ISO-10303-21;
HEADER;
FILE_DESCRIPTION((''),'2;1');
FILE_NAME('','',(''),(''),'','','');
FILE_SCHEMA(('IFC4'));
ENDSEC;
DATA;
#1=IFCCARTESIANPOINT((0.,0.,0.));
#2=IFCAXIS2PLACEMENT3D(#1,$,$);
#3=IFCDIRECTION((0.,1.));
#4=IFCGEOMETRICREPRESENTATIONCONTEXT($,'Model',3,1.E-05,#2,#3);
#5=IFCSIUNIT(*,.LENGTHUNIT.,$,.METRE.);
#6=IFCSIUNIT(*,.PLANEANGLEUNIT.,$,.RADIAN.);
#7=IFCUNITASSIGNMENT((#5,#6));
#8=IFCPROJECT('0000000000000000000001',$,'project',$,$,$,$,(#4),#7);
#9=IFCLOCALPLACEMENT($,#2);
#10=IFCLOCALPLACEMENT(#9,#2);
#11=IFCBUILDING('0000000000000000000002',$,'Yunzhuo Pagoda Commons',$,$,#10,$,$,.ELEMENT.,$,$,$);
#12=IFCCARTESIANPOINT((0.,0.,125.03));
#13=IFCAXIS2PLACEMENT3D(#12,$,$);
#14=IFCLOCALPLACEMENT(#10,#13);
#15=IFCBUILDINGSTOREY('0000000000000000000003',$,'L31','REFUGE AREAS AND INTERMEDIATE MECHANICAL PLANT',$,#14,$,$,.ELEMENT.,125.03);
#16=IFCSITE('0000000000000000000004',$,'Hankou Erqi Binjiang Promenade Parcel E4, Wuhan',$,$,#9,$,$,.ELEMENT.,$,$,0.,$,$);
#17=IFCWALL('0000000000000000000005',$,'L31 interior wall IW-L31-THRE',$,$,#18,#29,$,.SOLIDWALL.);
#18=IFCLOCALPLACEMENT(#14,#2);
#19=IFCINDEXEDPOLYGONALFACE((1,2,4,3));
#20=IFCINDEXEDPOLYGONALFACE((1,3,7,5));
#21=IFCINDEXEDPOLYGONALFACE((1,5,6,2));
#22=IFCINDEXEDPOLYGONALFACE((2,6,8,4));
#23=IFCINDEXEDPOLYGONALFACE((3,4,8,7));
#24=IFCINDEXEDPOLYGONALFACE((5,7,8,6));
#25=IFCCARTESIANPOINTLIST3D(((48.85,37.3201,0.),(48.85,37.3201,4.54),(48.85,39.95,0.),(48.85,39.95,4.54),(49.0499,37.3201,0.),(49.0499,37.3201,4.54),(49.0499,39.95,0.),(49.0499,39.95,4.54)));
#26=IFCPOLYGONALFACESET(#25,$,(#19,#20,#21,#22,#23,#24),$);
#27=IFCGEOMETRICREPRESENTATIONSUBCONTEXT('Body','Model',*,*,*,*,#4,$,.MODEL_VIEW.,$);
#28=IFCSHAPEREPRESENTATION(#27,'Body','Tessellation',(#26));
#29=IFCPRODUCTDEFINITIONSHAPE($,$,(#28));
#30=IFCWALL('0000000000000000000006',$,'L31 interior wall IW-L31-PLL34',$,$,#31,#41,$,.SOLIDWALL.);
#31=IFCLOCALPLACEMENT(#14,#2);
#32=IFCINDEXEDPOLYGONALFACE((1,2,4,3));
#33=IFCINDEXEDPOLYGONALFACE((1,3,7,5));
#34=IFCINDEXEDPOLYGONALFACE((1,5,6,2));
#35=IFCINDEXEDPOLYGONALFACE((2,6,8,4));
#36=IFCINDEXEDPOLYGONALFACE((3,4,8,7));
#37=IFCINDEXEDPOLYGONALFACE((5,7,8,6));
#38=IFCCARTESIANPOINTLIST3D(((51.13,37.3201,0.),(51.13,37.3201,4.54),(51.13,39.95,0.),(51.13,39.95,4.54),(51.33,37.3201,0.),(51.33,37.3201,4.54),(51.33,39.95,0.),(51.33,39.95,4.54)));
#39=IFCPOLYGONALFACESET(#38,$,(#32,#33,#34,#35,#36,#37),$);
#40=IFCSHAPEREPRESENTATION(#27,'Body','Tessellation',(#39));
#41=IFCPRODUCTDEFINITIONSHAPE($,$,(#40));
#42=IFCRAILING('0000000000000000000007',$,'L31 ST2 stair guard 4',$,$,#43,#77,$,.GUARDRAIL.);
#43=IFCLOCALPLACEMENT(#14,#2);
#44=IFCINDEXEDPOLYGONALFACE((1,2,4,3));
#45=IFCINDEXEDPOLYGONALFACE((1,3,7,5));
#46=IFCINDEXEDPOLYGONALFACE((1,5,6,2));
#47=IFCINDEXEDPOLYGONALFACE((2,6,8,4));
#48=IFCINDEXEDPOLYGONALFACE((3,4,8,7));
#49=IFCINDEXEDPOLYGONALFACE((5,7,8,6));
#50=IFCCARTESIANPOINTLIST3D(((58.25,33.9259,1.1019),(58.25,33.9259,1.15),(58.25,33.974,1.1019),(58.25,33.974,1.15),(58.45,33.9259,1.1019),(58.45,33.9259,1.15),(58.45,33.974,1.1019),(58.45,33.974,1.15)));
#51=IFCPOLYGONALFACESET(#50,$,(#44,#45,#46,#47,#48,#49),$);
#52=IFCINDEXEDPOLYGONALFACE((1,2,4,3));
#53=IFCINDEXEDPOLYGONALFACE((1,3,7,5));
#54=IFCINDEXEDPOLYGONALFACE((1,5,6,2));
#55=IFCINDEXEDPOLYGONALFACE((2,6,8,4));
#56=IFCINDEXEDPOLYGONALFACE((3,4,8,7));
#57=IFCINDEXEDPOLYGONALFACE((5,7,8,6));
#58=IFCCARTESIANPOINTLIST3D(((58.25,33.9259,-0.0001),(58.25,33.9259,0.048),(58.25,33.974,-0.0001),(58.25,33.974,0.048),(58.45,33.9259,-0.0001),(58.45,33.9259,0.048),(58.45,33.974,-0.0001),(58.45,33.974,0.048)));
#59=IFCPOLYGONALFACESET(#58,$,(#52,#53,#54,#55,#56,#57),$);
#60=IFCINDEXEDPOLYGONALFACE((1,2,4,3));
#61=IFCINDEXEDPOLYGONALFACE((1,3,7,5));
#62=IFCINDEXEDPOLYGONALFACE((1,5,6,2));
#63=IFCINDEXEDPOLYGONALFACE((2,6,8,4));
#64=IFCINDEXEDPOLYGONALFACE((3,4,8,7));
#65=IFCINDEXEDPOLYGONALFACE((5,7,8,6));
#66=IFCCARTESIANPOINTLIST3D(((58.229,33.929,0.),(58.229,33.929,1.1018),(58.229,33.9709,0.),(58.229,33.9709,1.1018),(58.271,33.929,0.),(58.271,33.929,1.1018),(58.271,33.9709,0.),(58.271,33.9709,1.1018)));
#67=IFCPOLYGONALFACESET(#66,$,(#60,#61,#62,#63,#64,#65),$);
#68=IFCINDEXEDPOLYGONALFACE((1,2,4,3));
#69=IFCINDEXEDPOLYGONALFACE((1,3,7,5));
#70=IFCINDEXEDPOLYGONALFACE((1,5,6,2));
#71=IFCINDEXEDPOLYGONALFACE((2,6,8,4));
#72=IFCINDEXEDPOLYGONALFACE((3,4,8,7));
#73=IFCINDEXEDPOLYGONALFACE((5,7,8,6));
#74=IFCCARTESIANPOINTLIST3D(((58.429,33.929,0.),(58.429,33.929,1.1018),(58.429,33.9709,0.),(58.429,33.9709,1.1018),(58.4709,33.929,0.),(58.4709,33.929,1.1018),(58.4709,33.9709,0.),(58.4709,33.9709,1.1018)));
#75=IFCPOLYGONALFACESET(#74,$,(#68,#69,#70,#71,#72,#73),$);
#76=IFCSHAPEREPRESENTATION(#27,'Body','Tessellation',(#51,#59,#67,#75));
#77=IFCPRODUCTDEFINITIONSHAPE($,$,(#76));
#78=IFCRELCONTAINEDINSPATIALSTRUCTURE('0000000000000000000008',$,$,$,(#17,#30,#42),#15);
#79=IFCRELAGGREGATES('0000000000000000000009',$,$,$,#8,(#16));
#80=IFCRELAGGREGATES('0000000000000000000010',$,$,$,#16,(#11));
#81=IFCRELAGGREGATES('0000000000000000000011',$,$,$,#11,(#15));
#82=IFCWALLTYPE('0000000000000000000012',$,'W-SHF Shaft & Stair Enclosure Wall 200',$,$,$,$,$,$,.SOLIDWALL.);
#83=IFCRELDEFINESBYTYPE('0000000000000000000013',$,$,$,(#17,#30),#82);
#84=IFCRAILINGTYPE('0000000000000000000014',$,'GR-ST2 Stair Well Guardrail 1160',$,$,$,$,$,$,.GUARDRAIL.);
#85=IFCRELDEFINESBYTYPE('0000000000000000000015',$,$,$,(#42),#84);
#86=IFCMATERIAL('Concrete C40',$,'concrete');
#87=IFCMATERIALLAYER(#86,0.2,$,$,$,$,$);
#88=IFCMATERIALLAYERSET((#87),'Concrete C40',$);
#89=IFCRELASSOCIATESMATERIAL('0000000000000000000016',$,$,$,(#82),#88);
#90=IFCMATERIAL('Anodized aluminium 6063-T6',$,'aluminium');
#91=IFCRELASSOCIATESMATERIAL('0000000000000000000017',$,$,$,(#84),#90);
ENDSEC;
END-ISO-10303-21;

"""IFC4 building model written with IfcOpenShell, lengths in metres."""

from ifc_helpers import new_model, si_unit, direction, frame, frame_2d, origin, origin_2d, place, context, subcontext, project, spatial, rectangle, extrude, material, layer, layer_set, type_object, element, save


model = new_model("IFC4")

# Units and contexts
model_context = context("Model", 3, precision=1e-05, world=origin(), true_north=direction((0.0, 1.0)))
body_context = subcontext(model_context, "Body", "Model", "MODEL_VIEW")
ifc_project = project(units=[si_unit("LENGTHUNIT", "METRE"), si_unit("PLANEANGLEUNIT", "RADIAN")], contexts=[model_context])

# Site, building, storey
site_placement = place(None, origin())
site = spatial("IfcSite", under=ifc_project, at=site_placement, Name="Hankou Erqi Binjiang Promenade Parcel E4, Wuhan", CompositionType="ELEMENT", RefElevation=0.0)
building_placement = place(site_placement, origin())
building = spatial("IfcBuilding", under=site, at=building_placement, Name="Yunzhuo Pagoda Commons", CompositionType="ELEMENT")
storey_placement = place(building_placement, frame((0.0, 0.0, 125.03)))
storey = spatial("IfcBuildingStorey", under=building, at=storey_placement, Name="L31", Description="REFUGE AREAS AND INTERMEDIATE MECHANICAL PLANT", CompositionType="ELEMENT", Elevation=125.03)

# Walls
ifc_material_1 = material(Name="Concrete C40", Category="concrete")
ifc_layer_1 = layer(ifc_material_1, 0.2)
ifc_layer_set_1 = layer_set([ifc_layer_1], Name="Concrete C40")
wall_type_1 = type_object("IfcWallType", Name="W-SHF Shaft & Stair Enclosure Wall 200", PredefinedType="SOLIDWALL", material=ifc_layer_set_1)
for number, where, z_axis, x_axis, name in (
    (1, (48.95, 37.3201, 0.0), (0.0, 0.0, 1.0), (0.0, 1.0, 0.0), "L31 interior wall IW-L31-THRE"),
    (2, (51.23, 37.3201, 0.0), (0.0, 0.0, 1.0), (0.0, 1.0, 0.0), "L31 interior wall IW-L31-PLL34"),
):
    element("IfcWall", number, at=place(storey_placement, frame(where, z_axis=z_axis, x_axis=x_axis)), inside=storey, type_object=wall_type_1, Name=name, PredefinedType="SOLIDWALL", context=body_context, shape_type="SweptSolid", body=[
        extrude(rectangle(XDim=2.6299, YDim=0.2, at=frame_2d((1.3149, 0.0))), origin(), (0.0, 0.0, 1.0), 4.54),
    ])

# Railing
ifc_material_2 = material(Name="Anodized aluminium 6063-T6", Category="aluminium")
railing_type_1 = type_object("IfcRailingType", Name="GR-ST2 Stair Well Guardrail 1160", PredefinedType="GUARDRAIL", material=ifc_material_2)
railing_1_placement = place(storey_placement, frame((58.25, 33.95, 0.0)))
element("IfcRailing", 3, at=railing_1_placement, inside=storey, type_object=railing_type_1, Name="L31 ST2 stair guard 4", PredefinedType="GUARDRAIL", context=body_context, shape_type="SweptSolid", body=[
    extrude(rectangle(XDim=0.0481, YDim=0.0481, at=origin_2d()), frame((0.0, 0.0, 1.126), z_axis=(1.0, 0.0, 0.0), x_axis=(0.0, 1.0, 0.0)), (0.0, 0.0, 1.0), 0.2),
    extrude(rectangle(XDim=0.0481, YDim=0.0481, at=origin_2d()), frame((0.0, 0.0, 0.0239), z_axis=(1.0, 0.0, 0.0), x_axis=(0.0, 1.0, 0.0)), (0.0, 0.0, 1.0), 0.2),
    extrude(rectangle(XDim=0.042, YDim=0.042, at=origin_2d()), origin(), (0.0, 0.0, 1.0), 1.1018),
    extrude(rectangle(XDim=0.042, YDim=0.042, at=origin_2d()), frame((0.2, 0.0, 0.0)), (0.0, 0.0, 1.0), 1.1018),
])

save(model, "model.ifc")
